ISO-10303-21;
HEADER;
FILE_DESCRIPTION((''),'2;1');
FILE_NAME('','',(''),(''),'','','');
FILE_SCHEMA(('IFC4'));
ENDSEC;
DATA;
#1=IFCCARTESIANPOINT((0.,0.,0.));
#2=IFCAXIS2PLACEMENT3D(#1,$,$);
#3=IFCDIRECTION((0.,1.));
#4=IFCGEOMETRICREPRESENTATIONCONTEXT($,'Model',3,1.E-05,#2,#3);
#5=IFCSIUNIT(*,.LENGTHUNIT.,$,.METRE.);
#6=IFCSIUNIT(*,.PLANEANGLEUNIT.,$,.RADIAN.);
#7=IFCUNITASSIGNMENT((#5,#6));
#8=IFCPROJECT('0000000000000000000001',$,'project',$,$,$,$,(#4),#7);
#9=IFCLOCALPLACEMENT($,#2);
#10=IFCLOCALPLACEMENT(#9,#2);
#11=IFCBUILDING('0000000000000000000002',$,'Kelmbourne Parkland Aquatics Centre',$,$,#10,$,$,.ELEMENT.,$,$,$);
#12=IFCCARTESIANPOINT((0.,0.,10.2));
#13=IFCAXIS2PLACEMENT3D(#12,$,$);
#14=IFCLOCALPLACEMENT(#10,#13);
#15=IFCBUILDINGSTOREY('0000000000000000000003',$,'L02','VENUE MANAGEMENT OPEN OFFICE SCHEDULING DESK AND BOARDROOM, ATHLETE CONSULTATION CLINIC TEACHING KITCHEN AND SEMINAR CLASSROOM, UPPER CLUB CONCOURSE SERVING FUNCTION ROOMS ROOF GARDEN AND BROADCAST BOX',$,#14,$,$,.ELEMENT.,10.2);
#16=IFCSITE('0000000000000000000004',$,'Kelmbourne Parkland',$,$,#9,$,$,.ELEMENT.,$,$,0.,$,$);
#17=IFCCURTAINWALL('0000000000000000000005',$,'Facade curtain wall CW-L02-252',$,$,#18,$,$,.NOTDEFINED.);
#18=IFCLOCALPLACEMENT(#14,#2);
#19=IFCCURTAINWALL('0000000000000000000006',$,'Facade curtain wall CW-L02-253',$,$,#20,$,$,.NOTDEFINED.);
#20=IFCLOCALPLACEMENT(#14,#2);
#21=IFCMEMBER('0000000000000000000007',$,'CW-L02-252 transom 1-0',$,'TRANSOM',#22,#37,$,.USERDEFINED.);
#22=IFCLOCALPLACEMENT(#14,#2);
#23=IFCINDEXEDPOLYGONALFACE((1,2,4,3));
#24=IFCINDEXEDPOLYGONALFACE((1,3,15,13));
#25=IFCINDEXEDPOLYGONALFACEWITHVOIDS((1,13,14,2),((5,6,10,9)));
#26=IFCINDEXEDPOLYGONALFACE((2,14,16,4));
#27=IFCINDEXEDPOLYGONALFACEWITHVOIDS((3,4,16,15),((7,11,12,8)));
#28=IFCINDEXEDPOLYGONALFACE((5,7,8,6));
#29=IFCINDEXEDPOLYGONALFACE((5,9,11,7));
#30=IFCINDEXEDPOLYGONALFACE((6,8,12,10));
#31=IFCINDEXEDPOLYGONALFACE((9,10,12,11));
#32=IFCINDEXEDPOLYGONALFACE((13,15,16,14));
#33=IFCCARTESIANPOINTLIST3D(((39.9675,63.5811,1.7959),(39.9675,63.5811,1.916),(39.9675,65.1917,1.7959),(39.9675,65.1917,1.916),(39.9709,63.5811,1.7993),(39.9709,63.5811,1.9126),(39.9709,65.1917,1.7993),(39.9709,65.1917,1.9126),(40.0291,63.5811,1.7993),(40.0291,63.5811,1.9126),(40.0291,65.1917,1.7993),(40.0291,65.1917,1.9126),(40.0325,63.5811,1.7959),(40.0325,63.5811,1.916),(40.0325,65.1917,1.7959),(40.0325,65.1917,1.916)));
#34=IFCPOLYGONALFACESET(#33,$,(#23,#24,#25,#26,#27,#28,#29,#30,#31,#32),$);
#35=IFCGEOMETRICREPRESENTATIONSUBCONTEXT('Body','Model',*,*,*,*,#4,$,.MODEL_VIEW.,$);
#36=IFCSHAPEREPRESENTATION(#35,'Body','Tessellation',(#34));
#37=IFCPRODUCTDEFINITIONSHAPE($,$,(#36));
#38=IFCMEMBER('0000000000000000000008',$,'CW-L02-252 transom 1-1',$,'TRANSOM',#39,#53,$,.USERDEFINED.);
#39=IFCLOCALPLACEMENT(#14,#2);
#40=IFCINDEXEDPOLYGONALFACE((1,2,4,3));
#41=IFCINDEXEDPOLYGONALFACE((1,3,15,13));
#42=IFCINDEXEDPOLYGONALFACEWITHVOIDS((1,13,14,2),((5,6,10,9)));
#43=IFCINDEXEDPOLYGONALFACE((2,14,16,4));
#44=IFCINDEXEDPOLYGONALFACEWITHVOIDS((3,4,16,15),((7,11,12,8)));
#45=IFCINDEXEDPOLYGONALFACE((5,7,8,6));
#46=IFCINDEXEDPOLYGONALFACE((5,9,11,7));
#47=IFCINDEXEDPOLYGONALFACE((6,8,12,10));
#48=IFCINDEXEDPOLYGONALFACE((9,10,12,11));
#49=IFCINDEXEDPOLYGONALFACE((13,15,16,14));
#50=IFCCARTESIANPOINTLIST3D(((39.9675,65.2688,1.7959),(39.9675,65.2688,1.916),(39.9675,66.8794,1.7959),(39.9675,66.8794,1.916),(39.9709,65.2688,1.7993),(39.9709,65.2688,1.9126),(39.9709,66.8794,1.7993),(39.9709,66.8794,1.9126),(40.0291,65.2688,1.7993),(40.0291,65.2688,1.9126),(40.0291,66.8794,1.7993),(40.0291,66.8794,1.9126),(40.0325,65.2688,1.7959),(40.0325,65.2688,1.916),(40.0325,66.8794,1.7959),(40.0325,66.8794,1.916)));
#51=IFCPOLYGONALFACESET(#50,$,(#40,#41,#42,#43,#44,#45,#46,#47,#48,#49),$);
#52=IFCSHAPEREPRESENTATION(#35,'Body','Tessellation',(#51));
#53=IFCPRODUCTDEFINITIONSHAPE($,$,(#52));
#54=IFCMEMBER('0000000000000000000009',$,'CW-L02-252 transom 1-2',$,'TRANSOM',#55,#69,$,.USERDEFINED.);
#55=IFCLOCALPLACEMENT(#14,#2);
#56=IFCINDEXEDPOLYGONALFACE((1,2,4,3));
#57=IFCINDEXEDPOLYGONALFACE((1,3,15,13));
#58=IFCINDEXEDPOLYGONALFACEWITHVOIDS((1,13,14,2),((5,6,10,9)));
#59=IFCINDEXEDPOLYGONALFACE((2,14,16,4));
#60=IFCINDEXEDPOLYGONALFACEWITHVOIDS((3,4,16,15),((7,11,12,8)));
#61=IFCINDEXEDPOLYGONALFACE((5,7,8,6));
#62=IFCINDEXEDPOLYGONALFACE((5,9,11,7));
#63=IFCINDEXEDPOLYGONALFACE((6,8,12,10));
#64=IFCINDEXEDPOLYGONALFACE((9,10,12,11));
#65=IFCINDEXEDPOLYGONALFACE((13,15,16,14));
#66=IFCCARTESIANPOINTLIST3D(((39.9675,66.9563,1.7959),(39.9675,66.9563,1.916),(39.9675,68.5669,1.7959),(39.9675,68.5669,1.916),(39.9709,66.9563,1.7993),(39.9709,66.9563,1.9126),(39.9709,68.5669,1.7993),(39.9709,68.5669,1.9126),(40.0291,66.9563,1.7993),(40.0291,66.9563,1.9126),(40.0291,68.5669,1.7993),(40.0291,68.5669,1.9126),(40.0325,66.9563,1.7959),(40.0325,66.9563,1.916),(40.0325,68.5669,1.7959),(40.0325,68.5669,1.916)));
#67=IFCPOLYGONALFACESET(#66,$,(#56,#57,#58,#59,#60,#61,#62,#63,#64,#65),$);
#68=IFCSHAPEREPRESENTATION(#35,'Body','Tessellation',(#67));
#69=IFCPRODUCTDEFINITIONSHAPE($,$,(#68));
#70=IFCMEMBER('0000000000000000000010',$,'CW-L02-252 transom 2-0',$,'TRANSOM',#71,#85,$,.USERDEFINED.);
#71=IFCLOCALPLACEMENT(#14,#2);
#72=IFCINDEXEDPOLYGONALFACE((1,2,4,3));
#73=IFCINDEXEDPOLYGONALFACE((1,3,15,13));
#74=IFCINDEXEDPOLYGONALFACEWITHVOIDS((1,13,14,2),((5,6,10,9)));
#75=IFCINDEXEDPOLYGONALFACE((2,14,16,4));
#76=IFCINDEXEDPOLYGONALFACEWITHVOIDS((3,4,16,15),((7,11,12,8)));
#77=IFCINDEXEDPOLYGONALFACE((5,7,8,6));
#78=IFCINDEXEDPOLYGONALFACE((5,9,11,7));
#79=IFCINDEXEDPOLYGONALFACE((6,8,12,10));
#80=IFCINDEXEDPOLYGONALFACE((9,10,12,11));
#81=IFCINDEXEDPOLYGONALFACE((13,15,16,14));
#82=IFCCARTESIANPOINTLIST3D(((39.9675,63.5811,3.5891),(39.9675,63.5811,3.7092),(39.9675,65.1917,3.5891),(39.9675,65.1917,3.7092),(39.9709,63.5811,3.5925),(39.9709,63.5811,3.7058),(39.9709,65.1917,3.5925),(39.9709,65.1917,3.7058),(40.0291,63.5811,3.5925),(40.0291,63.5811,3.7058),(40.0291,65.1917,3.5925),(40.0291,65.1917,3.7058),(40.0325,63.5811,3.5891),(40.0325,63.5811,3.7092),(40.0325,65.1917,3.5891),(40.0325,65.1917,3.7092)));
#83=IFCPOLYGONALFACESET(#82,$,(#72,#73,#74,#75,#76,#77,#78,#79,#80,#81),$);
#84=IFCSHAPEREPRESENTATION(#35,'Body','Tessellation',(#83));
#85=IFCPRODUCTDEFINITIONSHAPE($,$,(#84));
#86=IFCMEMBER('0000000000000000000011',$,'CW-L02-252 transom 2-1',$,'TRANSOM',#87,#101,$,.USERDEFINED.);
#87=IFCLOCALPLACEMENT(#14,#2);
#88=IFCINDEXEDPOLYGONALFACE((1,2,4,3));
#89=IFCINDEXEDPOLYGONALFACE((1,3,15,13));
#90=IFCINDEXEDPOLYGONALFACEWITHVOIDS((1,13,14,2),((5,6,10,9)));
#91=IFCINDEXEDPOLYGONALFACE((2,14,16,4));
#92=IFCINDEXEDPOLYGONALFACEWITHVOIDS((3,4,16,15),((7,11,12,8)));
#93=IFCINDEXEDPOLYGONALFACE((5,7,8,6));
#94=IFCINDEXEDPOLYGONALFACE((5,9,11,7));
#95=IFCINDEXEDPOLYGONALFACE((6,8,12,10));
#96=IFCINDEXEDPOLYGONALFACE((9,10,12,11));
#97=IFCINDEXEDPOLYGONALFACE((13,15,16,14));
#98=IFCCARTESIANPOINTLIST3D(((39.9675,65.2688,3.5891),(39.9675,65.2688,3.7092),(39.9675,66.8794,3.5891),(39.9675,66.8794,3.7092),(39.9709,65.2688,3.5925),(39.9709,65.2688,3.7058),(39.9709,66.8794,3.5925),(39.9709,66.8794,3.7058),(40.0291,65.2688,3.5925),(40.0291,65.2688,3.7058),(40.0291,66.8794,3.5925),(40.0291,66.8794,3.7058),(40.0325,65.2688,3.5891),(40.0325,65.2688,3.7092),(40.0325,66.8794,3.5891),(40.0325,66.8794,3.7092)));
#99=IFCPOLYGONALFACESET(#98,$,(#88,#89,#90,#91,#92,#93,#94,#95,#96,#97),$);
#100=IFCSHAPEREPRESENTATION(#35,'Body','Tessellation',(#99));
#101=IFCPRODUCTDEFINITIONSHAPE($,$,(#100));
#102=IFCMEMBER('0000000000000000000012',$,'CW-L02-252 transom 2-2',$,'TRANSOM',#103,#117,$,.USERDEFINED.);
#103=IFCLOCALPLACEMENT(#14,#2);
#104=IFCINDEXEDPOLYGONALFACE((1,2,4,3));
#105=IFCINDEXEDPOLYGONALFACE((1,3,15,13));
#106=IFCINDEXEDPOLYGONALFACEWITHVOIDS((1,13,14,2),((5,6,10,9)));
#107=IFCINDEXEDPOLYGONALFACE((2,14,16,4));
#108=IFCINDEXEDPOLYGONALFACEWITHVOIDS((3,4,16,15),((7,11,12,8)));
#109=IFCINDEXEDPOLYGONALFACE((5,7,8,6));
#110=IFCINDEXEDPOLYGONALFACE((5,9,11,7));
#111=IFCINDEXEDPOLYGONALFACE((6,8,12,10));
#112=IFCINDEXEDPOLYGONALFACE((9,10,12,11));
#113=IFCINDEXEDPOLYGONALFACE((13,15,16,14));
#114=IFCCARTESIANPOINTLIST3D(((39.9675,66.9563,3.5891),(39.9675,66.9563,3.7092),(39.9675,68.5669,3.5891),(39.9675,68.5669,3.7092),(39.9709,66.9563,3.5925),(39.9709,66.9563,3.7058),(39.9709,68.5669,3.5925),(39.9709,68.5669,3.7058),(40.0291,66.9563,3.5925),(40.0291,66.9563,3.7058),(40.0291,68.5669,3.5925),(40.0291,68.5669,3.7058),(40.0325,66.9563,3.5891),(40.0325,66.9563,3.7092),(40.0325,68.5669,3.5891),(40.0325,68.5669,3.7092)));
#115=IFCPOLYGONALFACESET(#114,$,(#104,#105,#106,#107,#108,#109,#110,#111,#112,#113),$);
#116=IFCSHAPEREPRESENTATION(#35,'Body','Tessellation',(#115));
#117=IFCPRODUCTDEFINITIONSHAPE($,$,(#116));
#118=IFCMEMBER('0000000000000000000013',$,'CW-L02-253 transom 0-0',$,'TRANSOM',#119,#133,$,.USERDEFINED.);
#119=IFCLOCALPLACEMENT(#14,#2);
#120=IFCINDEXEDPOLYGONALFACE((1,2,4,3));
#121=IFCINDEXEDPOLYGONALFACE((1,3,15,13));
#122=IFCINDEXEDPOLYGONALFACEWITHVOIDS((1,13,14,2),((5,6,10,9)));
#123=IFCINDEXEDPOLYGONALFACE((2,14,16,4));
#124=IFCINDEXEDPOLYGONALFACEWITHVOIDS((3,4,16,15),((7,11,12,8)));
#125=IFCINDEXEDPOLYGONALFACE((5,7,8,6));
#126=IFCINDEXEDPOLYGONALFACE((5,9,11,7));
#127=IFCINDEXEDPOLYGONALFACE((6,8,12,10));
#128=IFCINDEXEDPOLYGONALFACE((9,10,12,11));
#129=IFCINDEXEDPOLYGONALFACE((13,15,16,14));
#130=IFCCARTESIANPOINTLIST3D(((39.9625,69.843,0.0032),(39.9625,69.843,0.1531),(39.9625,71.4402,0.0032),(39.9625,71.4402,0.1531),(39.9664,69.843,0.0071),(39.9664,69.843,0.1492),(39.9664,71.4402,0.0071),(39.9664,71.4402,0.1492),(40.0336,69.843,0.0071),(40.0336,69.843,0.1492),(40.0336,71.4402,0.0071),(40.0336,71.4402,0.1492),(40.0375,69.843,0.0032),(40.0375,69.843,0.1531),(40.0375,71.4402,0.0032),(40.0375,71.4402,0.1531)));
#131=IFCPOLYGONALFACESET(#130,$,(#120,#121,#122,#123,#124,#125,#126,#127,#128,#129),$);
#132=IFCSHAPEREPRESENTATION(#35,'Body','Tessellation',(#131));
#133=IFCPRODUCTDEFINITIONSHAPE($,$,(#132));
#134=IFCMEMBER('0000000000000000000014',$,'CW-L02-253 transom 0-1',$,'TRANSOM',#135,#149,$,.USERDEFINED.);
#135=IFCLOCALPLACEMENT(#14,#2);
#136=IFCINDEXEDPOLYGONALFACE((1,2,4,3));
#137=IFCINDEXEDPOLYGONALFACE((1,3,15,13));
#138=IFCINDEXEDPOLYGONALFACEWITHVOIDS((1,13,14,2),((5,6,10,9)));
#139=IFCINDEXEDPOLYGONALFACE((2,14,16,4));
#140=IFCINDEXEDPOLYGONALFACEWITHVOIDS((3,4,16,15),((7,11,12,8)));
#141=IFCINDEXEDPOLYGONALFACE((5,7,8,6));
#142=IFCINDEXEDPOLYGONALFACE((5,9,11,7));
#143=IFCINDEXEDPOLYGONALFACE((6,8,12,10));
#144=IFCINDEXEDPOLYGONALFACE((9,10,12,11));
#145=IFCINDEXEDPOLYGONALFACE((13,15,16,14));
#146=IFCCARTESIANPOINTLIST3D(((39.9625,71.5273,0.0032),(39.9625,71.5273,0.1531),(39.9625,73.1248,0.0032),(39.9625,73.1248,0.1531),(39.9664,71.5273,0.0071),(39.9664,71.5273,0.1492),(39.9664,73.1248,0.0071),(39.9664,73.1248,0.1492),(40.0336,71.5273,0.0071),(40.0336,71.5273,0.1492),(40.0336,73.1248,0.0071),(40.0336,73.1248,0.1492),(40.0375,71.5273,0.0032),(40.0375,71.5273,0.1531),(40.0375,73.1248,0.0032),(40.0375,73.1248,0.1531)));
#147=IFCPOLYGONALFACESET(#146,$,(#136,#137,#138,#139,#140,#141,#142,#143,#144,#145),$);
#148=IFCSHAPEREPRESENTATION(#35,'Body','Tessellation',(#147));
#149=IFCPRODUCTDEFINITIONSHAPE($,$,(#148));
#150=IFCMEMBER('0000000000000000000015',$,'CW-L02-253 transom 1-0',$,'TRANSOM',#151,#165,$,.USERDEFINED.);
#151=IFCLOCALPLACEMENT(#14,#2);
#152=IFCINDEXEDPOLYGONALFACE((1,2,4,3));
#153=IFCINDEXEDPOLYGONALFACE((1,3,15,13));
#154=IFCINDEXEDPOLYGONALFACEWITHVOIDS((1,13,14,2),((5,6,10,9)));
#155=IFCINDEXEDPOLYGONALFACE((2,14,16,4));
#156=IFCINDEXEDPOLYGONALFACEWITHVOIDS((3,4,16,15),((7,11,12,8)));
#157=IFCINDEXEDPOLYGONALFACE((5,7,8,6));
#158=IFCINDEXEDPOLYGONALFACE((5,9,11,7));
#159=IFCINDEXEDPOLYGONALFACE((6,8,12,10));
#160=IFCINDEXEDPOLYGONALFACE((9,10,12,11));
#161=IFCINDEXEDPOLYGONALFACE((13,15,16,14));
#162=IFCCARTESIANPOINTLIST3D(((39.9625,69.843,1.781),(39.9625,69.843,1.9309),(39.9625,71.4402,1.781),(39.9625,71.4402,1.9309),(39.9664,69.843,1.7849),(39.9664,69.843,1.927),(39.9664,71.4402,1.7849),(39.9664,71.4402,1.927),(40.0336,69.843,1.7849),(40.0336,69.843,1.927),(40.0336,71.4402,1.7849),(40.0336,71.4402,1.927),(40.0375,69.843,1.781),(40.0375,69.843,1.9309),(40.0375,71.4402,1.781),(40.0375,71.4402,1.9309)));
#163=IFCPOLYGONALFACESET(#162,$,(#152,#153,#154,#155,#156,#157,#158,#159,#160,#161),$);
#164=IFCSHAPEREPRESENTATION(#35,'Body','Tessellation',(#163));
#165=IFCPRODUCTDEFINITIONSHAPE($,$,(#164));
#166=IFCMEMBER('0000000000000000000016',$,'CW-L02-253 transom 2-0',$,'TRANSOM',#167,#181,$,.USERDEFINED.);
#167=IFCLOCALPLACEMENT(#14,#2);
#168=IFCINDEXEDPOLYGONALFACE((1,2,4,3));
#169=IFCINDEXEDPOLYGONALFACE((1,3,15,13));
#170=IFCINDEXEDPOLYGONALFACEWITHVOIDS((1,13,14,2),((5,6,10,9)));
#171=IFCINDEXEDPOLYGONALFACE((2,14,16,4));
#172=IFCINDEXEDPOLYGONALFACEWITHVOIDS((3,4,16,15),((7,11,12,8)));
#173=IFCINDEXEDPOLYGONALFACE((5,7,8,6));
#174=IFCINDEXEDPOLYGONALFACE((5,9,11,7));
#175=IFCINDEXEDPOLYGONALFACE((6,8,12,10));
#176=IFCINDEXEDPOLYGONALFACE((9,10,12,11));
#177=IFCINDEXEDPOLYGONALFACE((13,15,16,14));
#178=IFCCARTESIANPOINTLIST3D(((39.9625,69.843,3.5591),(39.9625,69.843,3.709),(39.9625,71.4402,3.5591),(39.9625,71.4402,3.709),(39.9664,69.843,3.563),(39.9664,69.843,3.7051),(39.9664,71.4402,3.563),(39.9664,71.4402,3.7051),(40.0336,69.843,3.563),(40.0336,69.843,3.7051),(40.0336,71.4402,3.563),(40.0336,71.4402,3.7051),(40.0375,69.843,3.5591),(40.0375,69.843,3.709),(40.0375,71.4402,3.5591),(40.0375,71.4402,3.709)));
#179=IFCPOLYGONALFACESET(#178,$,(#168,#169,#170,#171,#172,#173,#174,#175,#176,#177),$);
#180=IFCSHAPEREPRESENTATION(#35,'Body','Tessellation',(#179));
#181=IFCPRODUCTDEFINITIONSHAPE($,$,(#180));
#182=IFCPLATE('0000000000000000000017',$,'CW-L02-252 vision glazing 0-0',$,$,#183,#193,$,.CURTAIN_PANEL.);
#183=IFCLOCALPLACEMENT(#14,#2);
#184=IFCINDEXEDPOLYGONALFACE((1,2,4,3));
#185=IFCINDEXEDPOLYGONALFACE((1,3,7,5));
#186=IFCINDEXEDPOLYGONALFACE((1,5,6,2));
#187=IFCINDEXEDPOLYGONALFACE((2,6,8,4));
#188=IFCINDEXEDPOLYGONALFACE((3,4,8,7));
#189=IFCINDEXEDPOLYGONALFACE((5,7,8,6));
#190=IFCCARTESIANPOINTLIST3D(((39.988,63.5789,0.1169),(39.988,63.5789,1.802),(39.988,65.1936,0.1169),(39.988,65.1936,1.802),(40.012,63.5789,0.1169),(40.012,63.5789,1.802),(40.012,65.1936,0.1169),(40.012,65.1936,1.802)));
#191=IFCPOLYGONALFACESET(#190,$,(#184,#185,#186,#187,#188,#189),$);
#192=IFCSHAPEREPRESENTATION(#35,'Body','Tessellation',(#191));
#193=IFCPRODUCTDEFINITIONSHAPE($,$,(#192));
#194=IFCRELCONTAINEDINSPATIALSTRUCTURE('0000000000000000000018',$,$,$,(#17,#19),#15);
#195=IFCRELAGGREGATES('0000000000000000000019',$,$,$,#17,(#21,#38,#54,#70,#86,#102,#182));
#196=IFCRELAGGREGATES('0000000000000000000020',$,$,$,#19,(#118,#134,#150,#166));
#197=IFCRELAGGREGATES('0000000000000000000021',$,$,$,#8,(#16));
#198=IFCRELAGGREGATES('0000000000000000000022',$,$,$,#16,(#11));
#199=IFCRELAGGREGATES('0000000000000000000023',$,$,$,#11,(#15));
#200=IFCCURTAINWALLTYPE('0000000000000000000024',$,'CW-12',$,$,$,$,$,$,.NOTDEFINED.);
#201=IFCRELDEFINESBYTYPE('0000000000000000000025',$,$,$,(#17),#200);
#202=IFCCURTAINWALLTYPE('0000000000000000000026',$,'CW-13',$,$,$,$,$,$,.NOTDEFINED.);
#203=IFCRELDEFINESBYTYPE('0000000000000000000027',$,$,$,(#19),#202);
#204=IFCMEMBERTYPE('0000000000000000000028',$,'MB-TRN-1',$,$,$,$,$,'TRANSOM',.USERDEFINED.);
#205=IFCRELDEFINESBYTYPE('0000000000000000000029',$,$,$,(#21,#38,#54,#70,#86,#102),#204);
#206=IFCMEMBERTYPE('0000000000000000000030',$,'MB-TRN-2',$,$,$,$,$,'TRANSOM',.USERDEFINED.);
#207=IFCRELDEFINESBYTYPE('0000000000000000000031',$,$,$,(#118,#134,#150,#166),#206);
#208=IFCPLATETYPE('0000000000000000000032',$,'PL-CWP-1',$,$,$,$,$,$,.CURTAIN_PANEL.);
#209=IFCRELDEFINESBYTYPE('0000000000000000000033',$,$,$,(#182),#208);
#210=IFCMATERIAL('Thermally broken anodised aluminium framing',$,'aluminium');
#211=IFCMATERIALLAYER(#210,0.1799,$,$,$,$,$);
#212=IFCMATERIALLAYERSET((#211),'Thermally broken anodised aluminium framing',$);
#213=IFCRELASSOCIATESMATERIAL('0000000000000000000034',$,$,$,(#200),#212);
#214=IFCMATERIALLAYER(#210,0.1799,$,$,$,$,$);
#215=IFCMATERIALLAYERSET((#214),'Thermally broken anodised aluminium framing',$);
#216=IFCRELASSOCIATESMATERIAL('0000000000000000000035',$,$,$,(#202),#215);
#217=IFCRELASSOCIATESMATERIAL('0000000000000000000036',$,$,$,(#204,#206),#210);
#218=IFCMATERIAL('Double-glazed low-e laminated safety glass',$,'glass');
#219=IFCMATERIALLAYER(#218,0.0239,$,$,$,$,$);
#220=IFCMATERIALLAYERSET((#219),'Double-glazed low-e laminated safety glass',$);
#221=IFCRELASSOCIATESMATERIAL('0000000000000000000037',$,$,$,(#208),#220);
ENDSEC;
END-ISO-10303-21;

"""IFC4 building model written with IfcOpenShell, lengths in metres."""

from ifc_helpers import new_model, si_unit, direction, frame, origin, origin_2d, place, context, subcontext, project, spatial, rectangle, hollow_rectangle, extrude, material, layer, layer_set, material_profile, profile_set, type_object, element, aggregate, save


model = new_model("IFC4")

# Units and contexts
model_context = context("Model", 3, precision=1e-05, world=origin(), true_north=direction((0.0, 1.0)))
body_context = subcontext(model_context, "Body", "Model", "MODEL_VIEW")
ifc_project = project(units=[si_unit("LENGTHUNIT", "METRE"), si_unit("PLANEANGLEUNIT", "RADIAN")], contexts=[model_context])

# Site, building, storey
site_placement = place(None, origin())
site = spatial("IfcSite", under=ifc_project, at=site_placement, Name="Kelmbourne Parkland", CompositionType="ELEMENT", RefElevation=0.0)
building_placement = place(site_placement, origin())
building = spatial("IfcBuilding", under=site, at=building_placement, Name="Kelmbourne Parkland Aquatics Centre", CompositionType="ELEMENT")
storey_placement = place(building_placement, frame((0.0, 0.0, 10.2)))
storey = spatial("IfcBuildingStorey", under=building, at=storey_placement, Name="L02", Description="VENUE MANAGEMENT OPEN OFFICE SCHEDULING DESK AND BOARDROOM, ATHLETE CONSULTATION CLINIC TEACHING KITCHEN AND SEMINAR CLASSROOM, UPPER CLUB CONCOURSE SERVING FUNCTION ROOMS ROOF GARDEN AND BROADCAST BOX", CompositionType="ELEMENT", Elevation=10.2)

# Shared definitions
ifc_material_1 = material(Name="Thermally broken anodised aluminium framing", Category="aluminium")

# Curtain walls
ifc_layer_1 = layer(ifc_material_1, 0.1799)
ifc_layer_set_1 = layer_set([ifc_layer_1], Name="Thermally broken anodised aluminium framing")
curtain_wall_type_1 = type_object("IfcCurtainWallType", Name="CW-12", PredefinedType="NOTDEFINED", material=ifc_layer_set_1)
curtain_wall_1_placement = place(storey_placement, origin())
curtain_wall_1 = element("IfcCurtainWall", 1, at=curtain_wall_1_placement, inside=storey, type_object=curtain_wall_type_1, Name="Facade curtain wall CW-L02-252", PredefinedType="NOTDEFINED")
ifc_layer_2 = layer(ifc_material_1, 0.1799)
ifc_layer_set_2 = layer_set([ifc_layer_2], Name="Thermally broken anodised aluminium framing")
curtain_wall_type_2 = type_object("IfcCurtainWallType", Name="CW-13", PredefinedType="NOTDEFINED", material=ifc_layer_set_2)
curtain_wall_2_placement = place(storey_placement, origin())
curtain_wall_2 = element("IfcCurtainWall", 2, at=curtain_wall_2_placement, inside=storey, type_object=curtain_wall_type_2, Name="Facade curtain wall CW-L02-253", PredefinedType="NOTDEFINED")

# Members
ifc_material_profile_1 = material_profile(ifc_material_1, hollow_rectangle(XDim=0.0649, YDim=0.1201, WallThickness=0.0034, at=origin_2d()), Name="CW-T 65x120")
ifc_profile_set_1 = profile_set([ifc_material_profile_1], Name="Thermally broken anodised aluminium framing")
member_type_1 = type_object("IfcMemberType", Name="MB-TRN-1", ElementType="TRANSOM", PredefinedType="USERDEFINED", material=ifc_profile_set_1)
member_1_placement = place(storey_placement, frame((40.0, 63.5811, 1.856), z_axis=(0.0, 1.0, 0.0), x_axis=(-1.0, 0.0, 0.0)))
member_1 = element("IfcMember", 3, at=member_1_placement, type_object=member_type_1, Name="CW-L02-252 transom 1-0", ObjectType="TRANSOM", PredefinedType="USERDEFINED", context=body_context, shape_type="SweptSolid", body=[
    extrude(hollow_rectangle(XDim=0.0649, YDim=0.1201, WallThickness=0.0034, at=origin_2d()), origin(), (0.0, 0.0, 1.0), 1.6106),
])
member_2_placement = place(storey_placement, frame((40.0, 65.2688, 1.856), z_axis=(0.0, 1.0, 0.0), x_axis=(-1.0, 0.0, 0.0)))
member_2 = element("IfcMember", 4, at=member_2_placement, type_object=member_type_1, Name="CW-L02-252 transom 1-1", ObjectType="TRANSOM", PredefinedType="USERDEFINED", context=body_context, shape_type="SweptSolid", body=[
    extrude(hollow_rectangle(XDim=0.0649, YDim=0.1201, WallThickness=0.0034, at=origin_2d()), origin(), (0.0, 0.0, 1.0), 1.6106),
])
member_3_placement = place(storey_placement, frame((40.0, 66.9563, 1.856), z_axis=(0.0, 1.0, 0.0), x_axis=(-1.0, 0.0, 0.0)))
member_3 = element("IfcMember", 5, at=member_3_placement, type_object=member_type_1, Name="CW-L02-252 transom 1-2", ObjectType="TRANSOM", PredefinedType="USERDEFINED", context=body_context, shape_type="SweptSolid", body=[
    extrude(hollow_rectangle(XDim=0.0649, YDim=0.1201, WallThickness=0.0034, at=origin_2d()), origin(), (0.0, 0.0, 1.0), 1.6106),
])
member_4_placement = place(storey_placement, frame((40.0, 63.5811, 3.6492), z_axis=(0.0, 1.0, 0.0), x_axis=(-1.0, 0.0, 0.0)))
member_4 = element("IfcMember", 6, at=member_4_placement, type_object=member_type_1, Name="CW-L02-252 transom 2-0", ObjectType="TRANSOM", PredefinedType="USERDEFINED", context=body_context, shape_type="SweptSolid", body=[
    extrude(hollow_rectangle(XDim=0.0649, YDim=0.1201, WallThickness=0.0034, at=origin_2d()), origin(), (0.0, 0.0, 1.0), 1.6106),
])
member_5_placement = place(storey_placement, frame((40.0, 65.2688, 3.6492), z_axis=(0.0, 1.0, 0.0), x_axis=(-1.0, 0.0, 0.0)))
member_5 = element("IfcMember", 7, at=member_5_placement, type_object=member_type_1, Name="CW-L02-252 transom 2-1", ObjectType="TRANSOM", PredefinedType="USERDEFINED", context=body_context, shape_type="SweptSolid", body=[
    extrude(hollow_rectangle(XDim=0.0649, YDim=0.1201, WallThickness=0.0034, at=origin_2d()), origin(), (0.0, 0.0, 1.0), 1.6106),
])
member_6_placement = place(storey_placement, frame((40.0, 66.9563, 3.6492), z_axis=(0.0, 1.0, 0.0), x_axis=(-1.0, 0.0, 0.0)))
member_6 = element("IfcMember", 8, at=member_6_placement, type_object=member_type_1, Name="CW-L02-252 transom 2-2", ObjectType="TRANSOM", PredefinedType="USERDEFINED", context=body_context, shape_type="SweptSolid", body=[
    extrude(hollow_rectangle(XDim=0.0649, YDim=0.1201, WallThickness=0.0034, at=origin_2d()), origin(), (0.0, 0.0, 1.0), 1.6106),
])
ifc_material_profile_2 = material_profile(ifc_material_1, hollow_rectangle(XDim=0.075, YDim=0.1499, WallThickness=0.0039, at=origin_2d()), Name="CW-T 75x150")
ifc_profile_set_2 = profile_set([ifc_material_profile_2], Name="Thermally broken anodised aluminium framing")
member_type_2 = type_object("IfcMemberType", Name="MB-TRN-2", ElementType="TRANSOM", PredefinedType="USERDEFINED", material=ifc_profile_set_2)
member_7_placement = place(storey_placement, frame((40.0, 69.843, 0.0781), z_axis=(0.0, 1.0, 0.0), x_axis=(-1.0, 0.0, 0.0)))
member_7 = element("IfcMember", 9, at=member_7_placement, type_object=member_type_2, Name="CW-L02-253 transom 0-0", ObjectType="TRANSOM", PredefinedType="USERDEFINED", context=body_context, shape_type="SweptSolid", body=[
    extrude(hollow_rectangle(XDim=0.075, YDim=0.1499, WallThickness=0.0039, at=origin_2d()), origin(), (0.0, 0.0, 1.0), 1.5972),
])
member_8_placement = place(storey_placement, frame((40.0, 71.5273, 0.0781), z_axis=(0.0, 1.0, 0.0), x_axis=(-1.0, 0.0, 0.0)))
member_8 = element("IfcMember", 10, at=member_8_placement, type_object=member_type_2, Name="CW-L02-253 transom 0-1", ObjectType="TRANSOM", PredefinedType="USERDEFINED", context=body_context, shape_type="SweptSolid", body=[
    extrude(hollow_rectangle(XDim=0.075, YDim=0.1499, WallThickness=0.0039, at=origin_2d()), origin(), (0.0, 0.0, 1.0), 1.5974),
])
member_9_placement = place(storey_placement, frame((40.0, 69.843, 1.856), z_axis=(0.0, 1.0, 0.0), x_axis=(-1.0, 0.0, 0.0)))
member_9 = element("IfcMember", 11, at=member_9_placement, type_object=member_type_2, Name="CW-L02-253 transom 1-0", ObjectType="TRANSOM", PredefinedType="USERDEFINED", context=body_context, shape_type="SweptSolid", body=[
    extrude(hollow_rectangle(XDim=0.075, YDim=0.1499, WallThickness=0.0039, at=origin_2d()), origin(), (0.0, 0.0, 1.0), 1.5972),
])
member_10_placement = place(storey_placement, frame((40.0, 69.843, 3.634), z_axis=(0.0, 1.0, 0.0), x_axis=(-1.0, 0.0, 0.0)))
member_10 = element("IfcMember", 12, at=member_10_placement, type_object=member_type_2, Name="CW-L02-253 transom 2-0", ObjectType="TRANSOM", PredefinedType="USERDEFINED", context=body_context, shape_type="SweptSolid", body=[
    extrude(hollow_rectangle(XDim=0.075, YDim=0.1499, WallThickness=0.0039, at=origin_2d()), origin(), (0.0, 0.0, 1.0), 1.5972),
])

# Plate
ifc_material_2 = material(Name="Double-glazed low-e laminated safety glass", Category="glass")
ifc_layer_3 = layer(ifc_material_2, 0.0239)
ifc_layer_set_3 = layer_set([ifc_layer_3], Name="Double-glazed low-e laminated safety glass")
plate_type_1 = type_object("IfcPlateType", Name="PL-CWP-1", PredefinedType="CURTAIN_PANEL", material=ifc_layer_set_3)
plate_1_placement = place(storey_placement, frame((40.0, 64.3862, 0.1169), z_axis=(0.0, 0.0, 1.0), x_axis=(0.0, 1.0, 0.0)))
plate_1 = element("IfcPlate", 13, at=plate_1_placement, type_object=plate_type_1, Name="CW-L02-252 vision glazing 0-0", PredefinedType="CURTAIN_PANEL", context=body_context, shape_type="SweptSolid", body=[
    extrude(rectangle(XDim=1.6147, YDim=0.0239, at=origin_2d()), origin(), (0.0, 0.0, 1.0), 1.6851),
])
aggregate(curtain_wall_1, [member_1, member_2, member_3, member_4, member_5, member_6, plate_1])
aggregate(curtain_wall_2, [member_7, member_8, member_9, member_10])

save(model, "model.ifc")
